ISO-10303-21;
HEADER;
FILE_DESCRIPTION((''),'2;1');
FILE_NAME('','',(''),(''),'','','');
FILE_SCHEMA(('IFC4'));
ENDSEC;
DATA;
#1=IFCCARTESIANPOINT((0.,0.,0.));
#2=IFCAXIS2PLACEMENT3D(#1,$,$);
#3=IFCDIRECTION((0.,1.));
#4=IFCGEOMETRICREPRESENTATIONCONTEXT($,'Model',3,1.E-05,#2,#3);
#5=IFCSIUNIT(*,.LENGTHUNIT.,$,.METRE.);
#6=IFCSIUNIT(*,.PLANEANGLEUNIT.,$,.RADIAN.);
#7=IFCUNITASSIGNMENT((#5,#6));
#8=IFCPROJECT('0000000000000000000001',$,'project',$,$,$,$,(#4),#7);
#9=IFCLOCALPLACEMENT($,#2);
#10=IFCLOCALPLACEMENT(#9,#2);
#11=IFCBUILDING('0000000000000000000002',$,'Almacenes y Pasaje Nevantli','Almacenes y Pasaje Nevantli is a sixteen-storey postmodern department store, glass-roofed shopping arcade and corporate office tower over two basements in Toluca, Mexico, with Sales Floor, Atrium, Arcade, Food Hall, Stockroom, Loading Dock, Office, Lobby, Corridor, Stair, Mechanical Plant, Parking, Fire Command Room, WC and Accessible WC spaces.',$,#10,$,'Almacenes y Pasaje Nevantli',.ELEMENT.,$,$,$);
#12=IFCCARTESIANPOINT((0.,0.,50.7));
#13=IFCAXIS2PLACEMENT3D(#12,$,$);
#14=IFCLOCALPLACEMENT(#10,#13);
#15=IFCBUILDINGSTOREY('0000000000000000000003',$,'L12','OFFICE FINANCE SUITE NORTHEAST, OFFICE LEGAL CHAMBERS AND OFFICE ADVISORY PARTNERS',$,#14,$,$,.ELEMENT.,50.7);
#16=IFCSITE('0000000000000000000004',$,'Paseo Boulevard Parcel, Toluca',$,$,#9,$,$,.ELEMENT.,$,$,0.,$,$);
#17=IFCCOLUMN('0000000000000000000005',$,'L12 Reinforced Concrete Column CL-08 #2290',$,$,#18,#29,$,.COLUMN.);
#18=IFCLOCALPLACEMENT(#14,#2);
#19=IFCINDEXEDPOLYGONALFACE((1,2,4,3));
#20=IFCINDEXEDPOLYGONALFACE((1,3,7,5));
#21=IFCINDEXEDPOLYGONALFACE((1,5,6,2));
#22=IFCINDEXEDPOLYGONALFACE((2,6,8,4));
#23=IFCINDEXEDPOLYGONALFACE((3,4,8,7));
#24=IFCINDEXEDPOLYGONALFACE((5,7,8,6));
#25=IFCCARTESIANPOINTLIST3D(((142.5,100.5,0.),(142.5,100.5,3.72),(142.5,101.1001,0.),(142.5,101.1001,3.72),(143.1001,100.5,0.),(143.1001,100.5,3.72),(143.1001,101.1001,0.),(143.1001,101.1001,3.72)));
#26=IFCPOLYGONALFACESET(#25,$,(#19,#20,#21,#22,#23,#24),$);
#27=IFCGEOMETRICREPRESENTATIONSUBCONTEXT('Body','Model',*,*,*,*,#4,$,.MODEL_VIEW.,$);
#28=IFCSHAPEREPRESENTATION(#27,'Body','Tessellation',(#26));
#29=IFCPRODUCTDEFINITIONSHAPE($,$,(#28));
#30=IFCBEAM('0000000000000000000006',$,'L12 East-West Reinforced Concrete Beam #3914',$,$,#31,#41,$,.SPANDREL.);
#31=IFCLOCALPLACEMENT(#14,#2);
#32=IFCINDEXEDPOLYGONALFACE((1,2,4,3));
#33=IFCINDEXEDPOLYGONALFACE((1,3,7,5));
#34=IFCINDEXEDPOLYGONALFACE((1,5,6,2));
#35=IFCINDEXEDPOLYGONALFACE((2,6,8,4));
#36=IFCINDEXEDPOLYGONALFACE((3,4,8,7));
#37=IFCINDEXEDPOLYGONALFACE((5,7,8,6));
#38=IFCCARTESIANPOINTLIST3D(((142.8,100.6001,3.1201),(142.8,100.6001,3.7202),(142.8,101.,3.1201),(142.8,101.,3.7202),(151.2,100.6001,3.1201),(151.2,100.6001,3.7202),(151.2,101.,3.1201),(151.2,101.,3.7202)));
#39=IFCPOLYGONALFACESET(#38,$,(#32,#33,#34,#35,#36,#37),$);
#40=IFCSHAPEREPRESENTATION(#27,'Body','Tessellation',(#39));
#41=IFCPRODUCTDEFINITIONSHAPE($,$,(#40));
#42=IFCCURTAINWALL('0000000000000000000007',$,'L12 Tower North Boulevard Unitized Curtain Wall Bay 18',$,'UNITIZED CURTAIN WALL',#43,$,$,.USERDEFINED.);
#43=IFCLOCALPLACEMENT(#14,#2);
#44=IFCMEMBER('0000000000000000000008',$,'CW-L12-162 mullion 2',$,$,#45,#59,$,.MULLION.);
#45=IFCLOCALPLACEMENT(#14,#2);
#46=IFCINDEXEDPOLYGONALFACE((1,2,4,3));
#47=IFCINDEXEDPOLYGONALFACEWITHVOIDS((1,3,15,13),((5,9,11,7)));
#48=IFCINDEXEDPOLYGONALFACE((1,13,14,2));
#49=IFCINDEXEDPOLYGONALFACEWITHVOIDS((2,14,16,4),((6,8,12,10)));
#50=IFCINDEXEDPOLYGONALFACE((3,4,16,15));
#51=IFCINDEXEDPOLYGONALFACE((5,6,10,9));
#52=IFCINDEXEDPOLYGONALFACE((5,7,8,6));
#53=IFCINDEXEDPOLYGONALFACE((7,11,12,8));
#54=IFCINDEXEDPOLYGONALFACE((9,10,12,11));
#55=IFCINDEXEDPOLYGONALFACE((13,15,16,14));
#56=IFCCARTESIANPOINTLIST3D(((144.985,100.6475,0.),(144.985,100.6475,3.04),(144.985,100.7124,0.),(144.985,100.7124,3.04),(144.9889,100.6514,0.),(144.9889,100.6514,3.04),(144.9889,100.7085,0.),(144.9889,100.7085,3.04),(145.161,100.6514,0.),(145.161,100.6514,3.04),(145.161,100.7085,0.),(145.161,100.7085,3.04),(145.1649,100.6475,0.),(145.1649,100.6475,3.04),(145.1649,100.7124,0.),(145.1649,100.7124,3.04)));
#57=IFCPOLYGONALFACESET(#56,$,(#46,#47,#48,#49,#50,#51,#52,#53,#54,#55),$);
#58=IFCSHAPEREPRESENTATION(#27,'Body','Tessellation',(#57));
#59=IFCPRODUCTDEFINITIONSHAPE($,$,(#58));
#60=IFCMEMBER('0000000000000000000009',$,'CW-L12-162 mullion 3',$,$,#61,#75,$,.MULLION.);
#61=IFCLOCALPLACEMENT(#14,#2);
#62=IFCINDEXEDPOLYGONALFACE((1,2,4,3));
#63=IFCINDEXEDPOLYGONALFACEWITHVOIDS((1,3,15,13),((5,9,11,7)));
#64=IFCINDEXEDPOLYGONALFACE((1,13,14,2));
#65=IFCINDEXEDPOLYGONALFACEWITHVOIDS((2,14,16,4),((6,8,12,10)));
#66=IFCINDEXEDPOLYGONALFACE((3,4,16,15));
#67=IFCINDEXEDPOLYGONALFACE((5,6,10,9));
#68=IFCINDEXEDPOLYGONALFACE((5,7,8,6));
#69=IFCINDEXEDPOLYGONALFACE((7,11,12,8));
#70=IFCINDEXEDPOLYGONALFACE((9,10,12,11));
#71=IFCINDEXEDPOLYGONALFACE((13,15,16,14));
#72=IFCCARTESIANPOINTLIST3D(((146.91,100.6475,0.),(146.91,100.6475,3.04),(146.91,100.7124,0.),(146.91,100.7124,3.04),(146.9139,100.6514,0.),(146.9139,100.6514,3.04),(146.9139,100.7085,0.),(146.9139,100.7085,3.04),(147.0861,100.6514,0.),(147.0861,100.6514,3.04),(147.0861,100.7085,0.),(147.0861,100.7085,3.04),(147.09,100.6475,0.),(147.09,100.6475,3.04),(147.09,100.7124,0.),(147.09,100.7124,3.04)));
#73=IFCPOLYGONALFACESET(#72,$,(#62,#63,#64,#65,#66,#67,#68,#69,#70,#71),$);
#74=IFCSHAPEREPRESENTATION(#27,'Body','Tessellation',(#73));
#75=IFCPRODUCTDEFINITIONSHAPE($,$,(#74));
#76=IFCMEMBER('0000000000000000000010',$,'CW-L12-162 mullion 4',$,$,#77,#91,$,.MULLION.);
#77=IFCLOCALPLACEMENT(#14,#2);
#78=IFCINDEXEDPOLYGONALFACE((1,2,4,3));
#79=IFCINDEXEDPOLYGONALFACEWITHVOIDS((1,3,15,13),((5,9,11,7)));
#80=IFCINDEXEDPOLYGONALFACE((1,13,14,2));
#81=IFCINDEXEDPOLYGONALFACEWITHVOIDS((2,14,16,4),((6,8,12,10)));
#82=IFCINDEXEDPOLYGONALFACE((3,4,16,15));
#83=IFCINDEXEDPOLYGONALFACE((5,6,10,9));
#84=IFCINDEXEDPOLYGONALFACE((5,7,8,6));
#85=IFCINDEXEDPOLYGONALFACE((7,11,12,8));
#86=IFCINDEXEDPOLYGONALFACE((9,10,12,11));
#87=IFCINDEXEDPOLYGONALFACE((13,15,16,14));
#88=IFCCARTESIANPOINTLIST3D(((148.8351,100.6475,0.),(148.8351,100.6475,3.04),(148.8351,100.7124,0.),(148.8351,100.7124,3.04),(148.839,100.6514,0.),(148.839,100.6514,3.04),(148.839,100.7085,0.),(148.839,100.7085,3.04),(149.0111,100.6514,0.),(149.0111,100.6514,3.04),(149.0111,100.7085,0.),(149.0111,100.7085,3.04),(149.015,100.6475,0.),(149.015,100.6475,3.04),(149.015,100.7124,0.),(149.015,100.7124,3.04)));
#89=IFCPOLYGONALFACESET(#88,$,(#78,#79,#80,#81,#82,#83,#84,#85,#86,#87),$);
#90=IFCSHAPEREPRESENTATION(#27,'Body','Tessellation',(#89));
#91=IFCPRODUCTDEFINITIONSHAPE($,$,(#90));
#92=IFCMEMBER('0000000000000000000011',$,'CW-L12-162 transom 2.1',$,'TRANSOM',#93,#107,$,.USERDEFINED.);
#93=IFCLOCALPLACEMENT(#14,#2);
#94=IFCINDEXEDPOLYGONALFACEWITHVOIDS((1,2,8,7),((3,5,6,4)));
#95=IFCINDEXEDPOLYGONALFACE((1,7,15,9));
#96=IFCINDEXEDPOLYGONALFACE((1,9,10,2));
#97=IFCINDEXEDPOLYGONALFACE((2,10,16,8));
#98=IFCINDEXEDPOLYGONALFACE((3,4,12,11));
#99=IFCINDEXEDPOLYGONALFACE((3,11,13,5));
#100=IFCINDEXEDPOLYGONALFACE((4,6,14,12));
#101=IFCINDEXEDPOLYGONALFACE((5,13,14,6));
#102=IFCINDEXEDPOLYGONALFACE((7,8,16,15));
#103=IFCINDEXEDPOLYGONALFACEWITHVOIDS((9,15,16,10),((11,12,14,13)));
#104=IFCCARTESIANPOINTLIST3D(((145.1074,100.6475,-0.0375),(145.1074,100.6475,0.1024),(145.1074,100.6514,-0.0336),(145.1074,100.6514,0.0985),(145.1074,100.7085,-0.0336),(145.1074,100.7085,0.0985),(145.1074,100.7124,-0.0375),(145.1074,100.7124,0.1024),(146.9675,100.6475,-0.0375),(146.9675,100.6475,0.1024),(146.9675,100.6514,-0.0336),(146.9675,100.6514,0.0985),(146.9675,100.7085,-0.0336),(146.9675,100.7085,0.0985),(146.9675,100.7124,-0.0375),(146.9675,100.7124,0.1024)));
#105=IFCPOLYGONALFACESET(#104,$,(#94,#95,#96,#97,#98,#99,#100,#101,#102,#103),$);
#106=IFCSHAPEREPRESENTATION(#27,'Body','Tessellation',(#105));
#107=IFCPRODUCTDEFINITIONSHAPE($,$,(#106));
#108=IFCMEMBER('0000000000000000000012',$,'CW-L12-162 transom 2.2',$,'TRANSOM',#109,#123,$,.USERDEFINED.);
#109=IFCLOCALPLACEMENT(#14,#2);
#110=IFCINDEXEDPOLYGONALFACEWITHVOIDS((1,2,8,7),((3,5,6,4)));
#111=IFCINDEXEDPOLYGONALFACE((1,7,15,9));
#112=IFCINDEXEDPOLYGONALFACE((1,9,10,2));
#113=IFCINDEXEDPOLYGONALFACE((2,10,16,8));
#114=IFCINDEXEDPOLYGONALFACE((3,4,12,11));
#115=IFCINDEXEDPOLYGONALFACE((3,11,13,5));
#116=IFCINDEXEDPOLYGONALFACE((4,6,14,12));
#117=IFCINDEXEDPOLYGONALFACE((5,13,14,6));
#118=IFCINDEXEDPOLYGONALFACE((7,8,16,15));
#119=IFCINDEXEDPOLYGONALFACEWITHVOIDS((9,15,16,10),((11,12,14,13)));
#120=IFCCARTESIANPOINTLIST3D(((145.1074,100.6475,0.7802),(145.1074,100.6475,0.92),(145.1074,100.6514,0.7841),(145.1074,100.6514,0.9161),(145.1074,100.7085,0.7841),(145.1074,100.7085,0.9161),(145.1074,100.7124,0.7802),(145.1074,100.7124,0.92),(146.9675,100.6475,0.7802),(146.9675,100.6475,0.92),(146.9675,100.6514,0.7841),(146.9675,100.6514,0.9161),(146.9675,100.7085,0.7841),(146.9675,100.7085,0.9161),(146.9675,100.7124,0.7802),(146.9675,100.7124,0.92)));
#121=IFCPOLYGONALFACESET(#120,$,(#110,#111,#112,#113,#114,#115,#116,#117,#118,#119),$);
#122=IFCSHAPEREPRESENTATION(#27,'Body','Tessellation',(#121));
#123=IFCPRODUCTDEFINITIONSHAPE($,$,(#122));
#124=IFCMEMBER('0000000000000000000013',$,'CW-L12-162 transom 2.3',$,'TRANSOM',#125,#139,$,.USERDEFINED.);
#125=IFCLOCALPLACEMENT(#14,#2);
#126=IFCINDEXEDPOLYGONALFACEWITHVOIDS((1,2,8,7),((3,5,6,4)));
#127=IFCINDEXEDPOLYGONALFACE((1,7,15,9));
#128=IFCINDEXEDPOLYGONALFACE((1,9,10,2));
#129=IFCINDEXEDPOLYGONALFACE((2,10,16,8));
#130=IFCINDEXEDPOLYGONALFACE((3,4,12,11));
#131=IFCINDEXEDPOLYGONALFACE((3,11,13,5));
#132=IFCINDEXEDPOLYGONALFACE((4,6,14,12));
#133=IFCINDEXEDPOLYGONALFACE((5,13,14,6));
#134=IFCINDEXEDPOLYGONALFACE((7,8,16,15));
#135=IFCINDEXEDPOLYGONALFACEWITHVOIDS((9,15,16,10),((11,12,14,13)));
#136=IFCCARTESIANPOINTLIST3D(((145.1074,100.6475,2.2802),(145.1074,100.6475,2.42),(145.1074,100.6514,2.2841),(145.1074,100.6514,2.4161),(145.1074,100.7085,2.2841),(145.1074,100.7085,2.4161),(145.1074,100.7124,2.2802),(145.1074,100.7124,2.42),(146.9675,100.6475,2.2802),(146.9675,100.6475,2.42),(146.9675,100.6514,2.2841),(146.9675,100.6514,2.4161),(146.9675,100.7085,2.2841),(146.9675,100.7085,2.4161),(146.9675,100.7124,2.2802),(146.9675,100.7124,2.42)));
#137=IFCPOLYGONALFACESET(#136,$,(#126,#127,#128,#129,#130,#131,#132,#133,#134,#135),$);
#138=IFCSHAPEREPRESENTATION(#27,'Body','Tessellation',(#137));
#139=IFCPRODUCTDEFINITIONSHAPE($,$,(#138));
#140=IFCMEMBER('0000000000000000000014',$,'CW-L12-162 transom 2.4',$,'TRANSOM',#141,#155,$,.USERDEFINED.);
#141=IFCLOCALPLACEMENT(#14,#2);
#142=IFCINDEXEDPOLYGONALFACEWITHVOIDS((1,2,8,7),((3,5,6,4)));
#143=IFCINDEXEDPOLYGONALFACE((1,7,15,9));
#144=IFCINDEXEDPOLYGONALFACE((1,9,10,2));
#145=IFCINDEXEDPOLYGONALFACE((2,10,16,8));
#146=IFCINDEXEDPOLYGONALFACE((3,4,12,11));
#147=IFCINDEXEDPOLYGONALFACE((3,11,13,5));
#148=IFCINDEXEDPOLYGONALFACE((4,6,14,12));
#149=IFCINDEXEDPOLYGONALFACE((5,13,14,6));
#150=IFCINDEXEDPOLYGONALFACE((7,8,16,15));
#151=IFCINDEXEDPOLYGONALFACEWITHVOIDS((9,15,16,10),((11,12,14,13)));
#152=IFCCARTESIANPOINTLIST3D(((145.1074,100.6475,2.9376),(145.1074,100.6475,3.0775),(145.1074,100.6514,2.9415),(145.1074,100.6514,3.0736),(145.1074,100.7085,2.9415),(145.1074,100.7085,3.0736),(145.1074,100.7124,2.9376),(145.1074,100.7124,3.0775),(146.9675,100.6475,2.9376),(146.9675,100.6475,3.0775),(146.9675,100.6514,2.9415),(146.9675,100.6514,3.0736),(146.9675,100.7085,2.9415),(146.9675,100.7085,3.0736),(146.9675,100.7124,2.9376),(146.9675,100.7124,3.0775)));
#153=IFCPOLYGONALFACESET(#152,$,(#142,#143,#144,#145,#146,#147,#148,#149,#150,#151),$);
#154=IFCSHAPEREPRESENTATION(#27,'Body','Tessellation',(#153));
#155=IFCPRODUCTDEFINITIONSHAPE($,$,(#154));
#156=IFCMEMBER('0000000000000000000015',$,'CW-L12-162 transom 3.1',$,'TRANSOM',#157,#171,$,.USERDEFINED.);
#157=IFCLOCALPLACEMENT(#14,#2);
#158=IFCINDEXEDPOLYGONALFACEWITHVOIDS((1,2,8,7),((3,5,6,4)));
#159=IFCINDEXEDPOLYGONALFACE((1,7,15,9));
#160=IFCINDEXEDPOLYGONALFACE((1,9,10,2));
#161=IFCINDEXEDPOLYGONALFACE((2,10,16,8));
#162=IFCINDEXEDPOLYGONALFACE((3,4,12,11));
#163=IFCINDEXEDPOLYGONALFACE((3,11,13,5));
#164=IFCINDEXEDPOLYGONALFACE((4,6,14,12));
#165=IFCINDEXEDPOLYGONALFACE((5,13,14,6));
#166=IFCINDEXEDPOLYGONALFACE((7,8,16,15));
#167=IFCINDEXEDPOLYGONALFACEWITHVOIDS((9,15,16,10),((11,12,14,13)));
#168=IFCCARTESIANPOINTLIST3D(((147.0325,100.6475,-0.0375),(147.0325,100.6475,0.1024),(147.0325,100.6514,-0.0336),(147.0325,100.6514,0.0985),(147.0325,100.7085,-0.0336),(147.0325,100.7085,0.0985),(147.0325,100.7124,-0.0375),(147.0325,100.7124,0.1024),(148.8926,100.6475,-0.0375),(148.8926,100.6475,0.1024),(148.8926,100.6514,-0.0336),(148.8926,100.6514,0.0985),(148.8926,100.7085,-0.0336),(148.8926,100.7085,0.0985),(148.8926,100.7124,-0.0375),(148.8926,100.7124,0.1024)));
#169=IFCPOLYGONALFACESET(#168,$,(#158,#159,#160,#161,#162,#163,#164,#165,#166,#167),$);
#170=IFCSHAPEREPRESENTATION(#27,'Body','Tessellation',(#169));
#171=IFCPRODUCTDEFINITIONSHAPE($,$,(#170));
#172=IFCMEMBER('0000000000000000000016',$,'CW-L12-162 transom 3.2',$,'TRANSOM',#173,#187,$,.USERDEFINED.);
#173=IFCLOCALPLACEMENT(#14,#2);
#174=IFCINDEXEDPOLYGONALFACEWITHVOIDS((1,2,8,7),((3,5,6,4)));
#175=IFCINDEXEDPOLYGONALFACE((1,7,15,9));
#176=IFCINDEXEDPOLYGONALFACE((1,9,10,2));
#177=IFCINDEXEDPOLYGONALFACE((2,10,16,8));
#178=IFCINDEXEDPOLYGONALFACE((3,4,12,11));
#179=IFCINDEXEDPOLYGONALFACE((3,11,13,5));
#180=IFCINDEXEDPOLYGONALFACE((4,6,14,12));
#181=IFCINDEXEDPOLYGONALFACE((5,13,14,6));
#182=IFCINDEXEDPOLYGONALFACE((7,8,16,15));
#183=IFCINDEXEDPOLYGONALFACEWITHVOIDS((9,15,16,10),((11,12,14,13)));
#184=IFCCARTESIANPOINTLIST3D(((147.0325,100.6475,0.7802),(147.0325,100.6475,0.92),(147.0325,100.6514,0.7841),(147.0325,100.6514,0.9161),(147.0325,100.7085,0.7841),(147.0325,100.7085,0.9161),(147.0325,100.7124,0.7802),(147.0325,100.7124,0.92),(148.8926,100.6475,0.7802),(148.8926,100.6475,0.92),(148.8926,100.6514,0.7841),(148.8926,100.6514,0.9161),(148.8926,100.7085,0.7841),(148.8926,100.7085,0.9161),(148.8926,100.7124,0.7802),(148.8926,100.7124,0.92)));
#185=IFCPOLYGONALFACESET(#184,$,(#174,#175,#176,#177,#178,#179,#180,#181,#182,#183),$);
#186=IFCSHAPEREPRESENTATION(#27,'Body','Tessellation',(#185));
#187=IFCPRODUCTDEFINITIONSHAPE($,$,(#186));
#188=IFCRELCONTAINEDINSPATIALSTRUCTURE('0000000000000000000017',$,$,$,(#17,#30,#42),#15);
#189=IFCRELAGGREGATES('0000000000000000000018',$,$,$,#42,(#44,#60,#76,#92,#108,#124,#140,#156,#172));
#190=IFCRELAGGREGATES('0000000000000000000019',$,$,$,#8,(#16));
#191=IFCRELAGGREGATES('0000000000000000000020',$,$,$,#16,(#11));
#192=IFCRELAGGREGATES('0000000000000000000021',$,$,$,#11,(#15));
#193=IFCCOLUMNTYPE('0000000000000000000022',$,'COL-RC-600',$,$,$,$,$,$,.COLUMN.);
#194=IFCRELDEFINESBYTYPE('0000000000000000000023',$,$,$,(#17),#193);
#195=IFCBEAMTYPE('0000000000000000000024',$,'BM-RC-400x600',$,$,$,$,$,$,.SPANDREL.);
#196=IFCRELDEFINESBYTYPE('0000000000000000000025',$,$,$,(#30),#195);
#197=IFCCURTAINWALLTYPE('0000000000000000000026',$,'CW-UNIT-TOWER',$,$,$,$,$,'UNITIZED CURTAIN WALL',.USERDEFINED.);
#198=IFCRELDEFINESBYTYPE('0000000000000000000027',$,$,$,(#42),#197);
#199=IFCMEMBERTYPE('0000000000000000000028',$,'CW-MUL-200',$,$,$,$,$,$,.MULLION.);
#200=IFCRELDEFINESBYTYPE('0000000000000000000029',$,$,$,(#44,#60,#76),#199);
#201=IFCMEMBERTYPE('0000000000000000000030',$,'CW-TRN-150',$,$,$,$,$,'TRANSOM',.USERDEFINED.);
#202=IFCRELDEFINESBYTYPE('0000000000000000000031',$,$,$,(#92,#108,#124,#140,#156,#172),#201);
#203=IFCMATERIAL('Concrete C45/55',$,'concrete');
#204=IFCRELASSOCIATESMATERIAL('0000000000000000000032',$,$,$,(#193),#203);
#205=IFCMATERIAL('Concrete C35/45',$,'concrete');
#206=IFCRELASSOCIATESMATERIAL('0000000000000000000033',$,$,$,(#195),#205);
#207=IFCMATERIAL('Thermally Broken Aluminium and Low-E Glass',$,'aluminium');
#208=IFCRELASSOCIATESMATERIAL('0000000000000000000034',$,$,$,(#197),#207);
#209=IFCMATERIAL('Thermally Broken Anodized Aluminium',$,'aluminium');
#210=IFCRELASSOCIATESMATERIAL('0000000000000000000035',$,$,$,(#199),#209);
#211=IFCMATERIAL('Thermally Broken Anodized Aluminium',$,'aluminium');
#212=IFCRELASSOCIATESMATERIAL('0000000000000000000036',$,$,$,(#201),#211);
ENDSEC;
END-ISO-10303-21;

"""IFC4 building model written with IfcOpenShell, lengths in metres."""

from ifc_helpers import new_model, si_unit, direction, frame, origin, origin_2d, place, context, subcontext, project, spatial, rectangle, hollow_rectangle, extrude, material, material_profile, profile_set, type_object, element, aggregate, save


model = new_model("IFC4")

# Units and contexts
model_context = context("Model", 3, precision=1e-05, world=origin(), true_north=direction((0.0, 1.0)))
body_context = subcontext(model_context, "Body", "Model", "MODEL_VIEW")
ifc_project = project(units=[si_unit("LENGTHUNIT", "METRE"), si_unit("PLANEANGLEUNIT", "RADIAN")], contexts=[model_context])

# Site, building, storey
site_placement = place(None, origin())
site = spatial("IfcSite", under=ifc_project, at=site_placement, Name="Paseo Boulevard Parcel, Toluca", CompositionType="ELEMENT", RefElevation=0.0)
building_placement = place(site_placement, origin())
building = spatial("IfcBuilding", under=site, at=building_placement, Name="Almacenes y Pasaje Nevantli", Description="Almacenes y Pasaje Nevantli is a sixteen-storey postmodern department store, glass-roofed shopping arcade and corporate office tower over two basements in Toluca, Mexico, with Sales Floor, Atrium, Arcade, Food Hall, Stockroom, Loading Dock, Office, Lobby, Corridor, Stair, Mechanical Plant, Parking, Fire Command Room, WC and Accessible WC spaces.", LongName="Almacenes y Pasaje Nevantli", CompositionType="ELEMENT")
storey_placement = place(building_placement, frame((0.0, 0.0, 50.7)))
storey = spatial("IfcBuildingStorey", under=building, at=storey_placement, Name="L12", Description="OFFICE FINANCE SUITE NORTHEAST, OFFICE LEGAL CHAMBERS AND OFFICE ADVISORY PARTNERS", CompositionType="ELEMENT", Elevation=50.7)

# Column
ifc_material_1 = material(Name="Concrete C45/55", Category="concrete")
ifc_material_profile_1 = material_profile(ifc_material_1, rectangle(XDim=0.6001, YDim=0.6001, at=origin_2d()), Name="RC-COL-600x600")
ifc_profile_set_1 = profile_set([ifc_material_profile_1], Name="Concrete C45/55")
column_type = type_object("IfcColumnType", Name="COL-RC-600", PredefinedType="COLUMN", material=ifc_profile_set_1)
column_placement = place(storey_placement, frame((142.8, 100.8, 0.0), z_axis=(0.0, 0.0, 1.0), x_axis=(1.0, 0.0, 0.0)))
element("IfcColumn", 1, at=column_placement, inside=storey, type_object=column_type, Name="L12 Reinforced Concrete Column CL-08 #2290", PredefinedType="COLUMN", context=body_context, shape_type="SweptSolid", body=[
    extrude(rectangle(XDim=0.6001, YDim=0.6001, at=origin_2d()), origin(), (0.0, 0.0, 1.0), 3.72),
])

# Beam
ifc_material_2 = material(Name="Concrete C35/45", Category="concrete")
ifc_material_profile_2 = material_profile(ifc_material_2, rectangle(XDim=0.3999, YDim=0.6001, at=origin_2d()), Name="RC-BM-400x600")
ifc_profile_set_2 = profile_set([ifc_material_profile_2], Name="Concrete C35/45")
beam_type = type_object("IfcBeamType", Name="BM-RC-400x600", PredefinedType="SPANDREL", material=ifc_profile_set_2)
beam_placement = place(storey_placement, frame((142.8, 100.8, 3.4202), z_axis=(1.0, 0.0, 0.0), x_axis=(0.0, 1.0, 0.0)))
element("IfcBeam", 2, at=beam_placement, inside=storey, type_object=beam_type, Name="L12 East-West Reinforced Concrete Beam #3914", PredefinedType="SPANDREL", context=body_context, shape_type="SweptSolid", body=[
    extrude(rectangle(XDim=0.3999, YDim=0.6001, at=origin_2d()), origin(), (0.0, 0.0, 1.0), 8.3999),
])

# Curtain wall, members
ifc_material_3 = material(Name="Thermally Broken Aluminium and Low-E Glass", Category="aluminium")
curtain_wall_type = type_object("IfcCurtainWallType", Name="CW-UNIT-TOWER", ElementType="UNITIZED CURTAIN WALL", PredefinedType="USERDEFINED", material=ifc_material_3)
curtain_wall_placement = place(storey_placement, origin())
curtain_wall = element("IfcCurtainWall", 3, at=curtain_wall_placement, inside=storey, type_object=curtain_wall_type, Name="L12 Tower North Boulevard Unitized Curtain Wall Bay 18", ObjectType="UNITIZED CURTAIN WALL", PredefinedType="USERDEFINED")
ifc_material_4 = material(Name="Thermally Broken Anodized Aluminium", Category="aluminium")
ifc_material_profile_3 = material_profile(ifc_material_4, hollow_rectangle(XDim=0.0649, YDim=0.1799, WallThickness=0.0039, at=origin_2d()), Name="ALU-MUL-65x180")
ifc_profile_set_3 = profile_set([ifc_material_profile_3], Name="Thermally Broken Anodized Aluminium")
member_type_1 = type_object("IfcMemberType", Name="CW-MUL-200", PredefinedType="MULLION", material=ifc_profile_set_3)
member_1_placement = place(storey_placement, frame((145.075, 100.6799, 0.0), z_axis=(0.0, 0.0, 1.0), x_axis=(0.0, 1.0, 0.0)))
member_1 = element("IfcMember", 4, at=member_1_placement, type_object=member_type_1, Name="CW-L12-162 mullion 2", PredefinedType="MULLION", context=body_context, shape_type="SweptSolid", body=[
    extrude(hollow_rectangle(XDim=0.0649, YDim=0.1799, WallThickness=0.0039, at=origin_2d()), origin(), (0.0, 0.0, 1.0), 3.04),
])
member_2_placement = place(storey_placement, frame((147.0, 100.6799, 0.0), z_axis=(0.0, 0.0, 1.0), x_axis=(0.0, 1.0, 0.0)))
member_2 = element("IfcMember", 5, at=member_2_placement, type_object=member_type_1, Name="CW-L12-162 mullion 3", PredefinedType="MULLION", context=body_context, shape_type="SweptSolid", body=[
    extrude(hollow_rectangle(XDim=0.0649, YDim=0.1799, WallThickness=0.0039, at=origin_2d()), origin(), (0.0, 0.0, 1.0), 3.04),
])
member_3_placement = place(storey_placement, frame((148.925, 100.6799, 0.0), z_axis=(0.0, 0.0, 1.0), x_axis=(0.0, 1.0, 0.0)))
member_3 = element("IfcMember", 6, at=member_3_placement, type_object=member_type_1, Name="CW-L12-162 mullion 4", PredefinedType="MULLION", context=body_context, shape_type="SweptSolid", body=[
    extrude(hollow_rectangle(XDim=0.0649, YDim=0.1799, WallThickness=0.0039, at=origin_2d()), origin(), (0.0, 0.0, 1.0), 3.04),
])
ifc_material_5 = material(Name="Thermally Broken Anodized Aluminium", Category="aluminium")
ifc_material_profile_4 = material_profile(ifc_material_5, hollow_rectangle(XDim=0.0649, YDim=0.1399, WallThickness=0.0039, at=origin_2d()), Name="ALU-TRN-65x140")
ifc_profile_set_4 = profile_set([ifc_material_profile_4], Name="Thermally Broken Anodized Aluminium")
member_type_2 = type_object("IfcMemberType", Name="CW-TRN-150", ElementType="TRANSOM", PredefinedType="USERDEFINED", material=ifc_profile_set_4)
member_4_placement = place(storey_placement, frame((145.1074, 100.6799, 0.0325), z_axis=(1.0, 0.0, 0.0), x_axis=(0.0, 1.0, 0.0)))
member_4 = element("IfcMember", 7, at=member_4_placement, type_object=member_type_2, Name="CW-L12-162 transom 2.1", ObjectType="TRANSOM", PredefinedType="USERDEFINED", context=body_context, shape_type="SweptSolid", body=[
    extrude(hollow_rectangle(XDim=0.0649, YDim=0.1399, WallThickness=0.0039, at=origin_2d()), origin(), (0.0, 0.0, 1.0), 1.8601),
])
member_5_placement = place(storey_placement, frame((145.1074, 100.6799, 0.8501), z_axis=(1.0, 0.0, 0.0), x_axis=(0.0, 1.0, 0.0)))
member_5 = element("IfcMember", 8, at=member_5_placement, type_object=member_type_2, Name="CW-L12-162 transom 2.2", ObjectType="TRANSOM", PredefinedType="USERDEFINED", context=body_context, shape_type="SweptSolid", body=[
    extrude(hollow_rectangle(XDim=0.0649, YDim=0.1399, WallThickness=0.0039, at=origin_2d()), origin(), (0.0, 0.0, 1.0), 1.8601),
])
member_6_placement = place(storey_placement, frame((145.1074, 100.6799, 2.3501), z_axis=(1.0, 0.0, 0.0), x_axis=(0.0, 1.0, 0.0)))
member_6 = element("IfcMember", 9, at=member_6_placement, type_object=member_type_2, Name="CW-L12-162 transom 2.3", ObjectType="TRANSOM", PredefinedType="USERDEFINED", context=body_context, shape_type="SweptSolid", body=[
    extrude(hollow_rectangle(XDim=0.0649, YDim=0.1399, WallThickness=0.0039, at=origin_2d()), origin(), (0.0, 0.0, 1.0), 1.8601),
])
member_7_placement = place(storey_placement, frame((145.1074, 100.6799, 3.0076), z_axis=(1.0, 0.0, 0.0), x_axis=(0.0, 1.0, 0.0)))
member_7 = element("IfcMember", 10, at=member_7_placement, type_object=member_type_2, Name="CW-L12-162 transom 2.4", ObjectType="TRANSOM", PredefinedType="USERDEFINED", context=body_context, shape_type="SweptSolid", body=[
    extrude(hollow_rectangle(XDim=0.0649, YDim=0.1399, WallThickness=0.0039, at=origin_2d()), origin(), (0.0, 0.0, 1.0), 1.8601),
])
member_8_placement = place(storey_placement, frame((147.0325, 100.6799, 0.0325), z_axis=(1.0, 0.0, 0.0), x_axis=(0.0, 1.0, 0.0)))
member_8 = element("IfcMember", 11, at=member_8_placement, type_object=member_type_2, Name="CW-L12-162 transom 3.1", ObjectType="TRANSOM", PredefinedType="USERDEFINED", context=body_context, shape_type="SweptSolid", body=[
    extrude(hollow_rectangle(XDim=0.0649, YDim=0.1399, WallThickness=0.0039, at=origin_2d()), origin(), (0.0, 0.0, 1.0), 1.8601),
])
member_9_placement = place(storey_placement, frame((147.0325, 100.6799, 0.8501), z_axis=(1.0, 0.0, 0.0), x_axis=(0.0, 1.0, 0.0)))
member_9 = element("IfcMember", 12, at=member_9_placement, type_object=member_type_2, Name="CW-L12-162 transom 3.2", ObjectType="TRANSOM", PredefinedType="USERDEFINED", context=body_context, shape_type="SweptSolid", body=[
    extrude(hollow_rectangle(XDim=0.0649, YDim=0.1399, WallThickness=0.0039, at=origin_2d()), origin(), (0.0, 0.0, 1.0), 1.8601),
])
aggregate(curtain_wall, [member_1, member_2, member_3, member_4, member_5, member_6, member_7, member_8, member_9])

save(model, "model.ifc")
